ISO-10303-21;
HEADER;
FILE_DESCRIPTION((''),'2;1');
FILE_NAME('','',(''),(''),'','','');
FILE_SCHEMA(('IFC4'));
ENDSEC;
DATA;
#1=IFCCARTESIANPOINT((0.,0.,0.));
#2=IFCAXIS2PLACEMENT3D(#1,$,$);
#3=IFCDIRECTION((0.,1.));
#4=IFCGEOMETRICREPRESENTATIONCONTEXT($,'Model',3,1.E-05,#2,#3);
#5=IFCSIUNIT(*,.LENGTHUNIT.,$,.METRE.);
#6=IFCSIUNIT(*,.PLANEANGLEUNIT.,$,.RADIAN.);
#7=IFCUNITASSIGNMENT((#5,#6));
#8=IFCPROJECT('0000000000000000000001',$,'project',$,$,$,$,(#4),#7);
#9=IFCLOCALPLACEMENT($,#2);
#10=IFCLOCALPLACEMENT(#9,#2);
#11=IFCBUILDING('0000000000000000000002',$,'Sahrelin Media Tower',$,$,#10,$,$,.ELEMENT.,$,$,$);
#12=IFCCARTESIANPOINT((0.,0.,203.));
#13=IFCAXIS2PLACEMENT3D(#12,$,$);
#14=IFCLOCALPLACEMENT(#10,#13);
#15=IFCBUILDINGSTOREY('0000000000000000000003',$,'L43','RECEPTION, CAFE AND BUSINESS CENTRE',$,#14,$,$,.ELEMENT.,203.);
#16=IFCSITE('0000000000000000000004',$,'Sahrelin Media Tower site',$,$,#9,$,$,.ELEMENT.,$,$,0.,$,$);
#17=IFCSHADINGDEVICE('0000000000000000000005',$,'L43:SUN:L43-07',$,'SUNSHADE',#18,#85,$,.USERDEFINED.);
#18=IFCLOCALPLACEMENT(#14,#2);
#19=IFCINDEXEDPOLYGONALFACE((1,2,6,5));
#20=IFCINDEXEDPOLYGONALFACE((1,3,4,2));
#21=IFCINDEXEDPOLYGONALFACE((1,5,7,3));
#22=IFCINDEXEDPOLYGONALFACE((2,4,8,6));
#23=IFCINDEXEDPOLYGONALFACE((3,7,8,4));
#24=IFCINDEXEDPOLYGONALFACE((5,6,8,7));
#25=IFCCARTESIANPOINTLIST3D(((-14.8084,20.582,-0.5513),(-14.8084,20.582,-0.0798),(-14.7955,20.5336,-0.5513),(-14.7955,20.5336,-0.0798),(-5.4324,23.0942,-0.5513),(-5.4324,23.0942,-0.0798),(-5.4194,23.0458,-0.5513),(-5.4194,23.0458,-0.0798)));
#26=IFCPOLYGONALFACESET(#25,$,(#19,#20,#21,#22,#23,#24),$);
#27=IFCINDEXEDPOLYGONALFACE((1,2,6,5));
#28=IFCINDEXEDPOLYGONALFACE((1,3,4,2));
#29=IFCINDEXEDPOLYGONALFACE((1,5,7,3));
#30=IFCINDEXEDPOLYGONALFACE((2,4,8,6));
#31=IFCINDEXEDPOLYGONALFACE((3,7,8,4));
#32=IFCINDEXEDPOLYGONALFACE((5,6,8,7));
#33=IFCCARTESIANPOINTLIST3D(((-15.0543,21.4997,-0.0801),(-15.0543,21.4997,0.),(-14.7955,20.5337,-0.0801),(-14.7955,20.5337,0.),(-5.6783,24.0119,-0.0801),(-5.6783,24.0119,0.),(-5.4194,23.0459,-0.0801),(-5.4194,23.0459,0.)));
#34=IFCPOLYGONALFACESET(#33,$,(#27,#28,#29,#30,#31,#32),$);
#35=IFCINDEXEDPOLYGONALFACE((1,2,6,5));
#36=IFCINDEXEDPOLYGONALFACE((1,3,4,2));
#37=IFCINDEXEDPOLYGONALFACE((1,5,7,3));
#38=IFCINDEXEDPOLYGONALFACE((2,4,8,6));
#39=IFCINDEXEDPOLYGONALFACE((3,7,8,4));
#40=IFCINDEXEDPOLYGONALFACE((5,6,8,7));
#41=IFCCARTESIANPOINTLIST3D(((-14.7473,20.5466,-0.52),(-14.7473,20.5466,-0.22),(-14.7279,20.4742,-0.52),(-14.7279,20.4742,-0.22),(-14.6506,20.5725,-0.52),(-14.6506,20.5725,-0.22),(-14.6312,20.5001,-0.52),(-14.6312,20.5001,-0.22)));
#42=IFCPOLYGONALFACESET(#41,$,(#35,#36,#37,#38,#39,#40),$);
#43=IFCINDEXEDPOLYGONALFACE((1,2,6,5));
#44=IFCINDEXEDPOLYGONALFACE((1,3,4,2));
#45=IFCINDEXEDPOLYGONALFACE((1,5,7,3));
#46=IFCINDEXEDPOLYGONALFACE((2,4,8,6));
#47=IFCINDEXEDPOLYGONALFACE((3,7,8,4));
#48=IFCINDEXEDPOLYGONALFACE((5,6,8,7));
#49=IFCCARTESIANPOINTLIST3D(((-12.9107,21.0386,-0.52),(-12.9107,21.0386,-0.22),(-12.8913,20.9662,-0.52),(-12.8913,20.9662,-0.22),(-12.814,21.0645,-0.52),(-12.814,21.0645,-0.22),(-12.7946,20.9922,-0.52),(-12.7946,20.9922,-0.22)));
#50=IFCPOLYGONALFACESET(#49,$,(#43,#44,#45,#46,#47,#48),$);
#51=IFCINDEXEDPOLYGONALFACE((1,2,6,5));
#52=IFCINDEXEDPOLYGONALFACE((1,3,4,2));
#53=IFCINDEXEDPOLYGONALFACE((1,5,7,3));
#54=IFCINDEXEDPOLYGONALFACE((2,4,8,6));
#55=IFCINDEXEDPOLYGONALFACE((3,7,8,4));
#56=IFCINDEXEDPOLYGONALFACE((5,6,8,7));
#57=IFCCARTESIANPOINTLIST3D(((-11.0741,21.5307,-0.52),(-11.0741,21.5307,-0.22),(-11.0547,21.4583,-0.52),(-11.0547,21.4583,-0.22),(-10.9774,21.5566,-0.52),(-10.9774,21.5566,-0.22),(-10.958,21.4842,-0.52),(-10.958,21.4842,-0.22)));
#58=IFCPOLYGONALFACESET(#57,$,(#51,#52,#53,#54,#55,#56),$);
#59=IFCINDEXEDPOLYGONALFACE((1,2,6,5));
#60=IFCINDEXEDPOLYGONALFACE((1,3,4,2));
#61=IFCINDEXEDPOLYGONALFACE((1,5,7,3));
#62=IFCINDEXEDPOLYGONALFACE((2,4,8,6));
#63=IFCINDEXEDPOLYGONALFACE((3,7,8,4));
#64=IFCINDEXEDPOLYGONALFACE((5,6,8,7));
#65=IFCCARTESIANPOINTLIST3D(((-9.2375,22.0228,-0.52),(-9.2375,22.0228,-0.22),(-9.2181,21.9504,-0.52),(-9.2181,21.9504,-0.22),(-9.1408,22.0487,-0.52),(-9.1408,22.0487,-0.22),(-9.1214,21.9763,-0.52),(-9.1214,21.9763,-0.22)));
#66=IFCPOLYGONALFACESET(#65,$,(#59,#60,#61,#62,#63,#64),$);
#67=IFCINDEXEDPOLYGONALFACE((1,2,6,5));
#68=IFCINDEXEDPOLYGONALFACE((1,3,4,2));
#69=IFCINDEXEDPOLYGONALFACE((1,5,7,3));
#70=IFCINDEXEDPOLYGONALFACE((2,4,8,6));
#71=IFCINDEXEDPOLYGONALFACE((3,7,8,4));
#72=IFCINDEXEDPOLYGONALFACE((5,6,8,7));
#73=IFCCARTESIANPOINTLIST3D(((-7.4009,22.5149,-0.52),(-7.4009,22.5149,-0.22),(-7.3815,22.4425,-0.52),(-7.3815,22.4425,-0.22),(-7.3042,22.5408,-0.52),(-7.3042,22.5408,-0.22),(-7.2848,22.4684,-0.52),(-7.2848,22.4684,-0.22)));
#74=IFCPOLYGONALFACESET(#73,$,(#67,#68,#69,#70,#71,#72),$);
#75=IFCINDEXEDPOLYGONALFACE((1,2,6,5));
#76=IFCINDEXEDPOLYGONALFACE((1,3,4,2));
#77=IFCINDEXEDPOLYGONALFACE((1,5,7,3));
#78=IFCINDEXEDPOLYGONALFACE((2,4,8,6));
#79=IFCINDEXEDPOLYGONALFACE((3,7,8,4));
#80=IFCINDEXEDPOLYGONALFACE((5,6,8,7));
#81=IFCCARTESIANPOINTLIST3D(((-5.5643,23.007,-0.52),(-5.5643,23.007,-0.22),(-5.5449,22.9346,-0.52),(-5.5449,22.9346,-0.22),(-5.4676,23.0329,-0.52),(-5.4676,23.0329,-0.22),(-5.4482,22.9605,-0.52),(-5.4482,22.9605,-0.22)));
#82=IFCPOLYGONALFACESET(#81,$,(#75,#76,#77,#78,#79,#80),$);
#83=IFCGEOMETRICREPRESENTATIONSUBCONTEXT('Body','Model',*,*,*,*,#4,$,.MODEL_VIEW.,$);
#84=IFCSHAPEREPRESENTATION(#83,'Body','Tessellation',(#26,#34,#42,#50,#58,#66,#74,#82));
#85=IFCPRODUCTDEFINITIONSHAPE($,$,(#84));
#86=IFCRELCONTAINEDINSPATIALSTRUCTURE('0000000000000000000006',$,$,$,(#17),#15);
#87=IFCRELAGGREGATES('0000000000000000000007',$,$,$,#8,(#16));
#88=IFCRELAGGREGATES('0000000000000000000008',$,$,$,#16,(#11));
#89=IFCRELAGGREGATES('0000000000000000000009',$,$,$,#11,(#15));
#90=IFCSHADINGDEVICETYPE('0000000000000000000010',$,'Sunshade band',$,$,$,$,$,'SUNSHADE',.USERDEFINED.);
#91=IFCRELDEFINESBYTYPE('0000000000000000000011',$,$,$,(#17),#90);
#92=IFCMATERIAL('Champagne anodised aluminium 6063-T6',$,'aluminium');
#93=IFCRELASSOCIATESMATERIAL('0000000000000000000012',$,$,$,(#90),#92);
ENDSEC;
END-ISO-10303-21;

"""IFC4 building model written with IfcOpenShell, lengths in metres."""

from ifc_helpers import new_model, si_unit, direction, frame, origin, origin_2d, place, context, subcontext, project, spatial, rectangle, extrude, material, type_object, element, save


model = new_model("IFC4")

# Units and contexts
model_context = context("Model", 3, precision=1e-05, world=origin(), true_north=direction((0.0, 1.0)))
body_context = subcontext(model_context, "Body", "Model", "MODEL_VIEW")
ifc_project = project(units=[si_unit("LENGTHUNIT", "METRE"), si_unit("PLANEANGLEUNIT", "RADIAN")], contexts=[model_context])

# Site, building, storey
site_placement = place(None, origin())
site = spatial("IfcSite", under=ifc_project, at=site_placement, Name="Sahrelin Media Tower site", CompositionType="ELEMENT", RefElevation=0.0)
building_placement = place(site_placement, origin())
building = spatial("IfcBuilding", under=site, at=building_placement, Name="Sahrelin Media Tower", CompositionType="ELEMENT")
storey_placement = place(building_placement, frame((0.0, 0.0, 203.0)))
storey = spatial("IfcBuildingStorey", under=building, at=storey_placement, Name="L43", Description="RECEPTION, CAFE AND BUSINESS CENTRE", CompositionType="ELEMENT", Elevation=203.0)

# Shared definitions
ifc_material_1 = material(Name="Champagne anodised aluminium 6063-T6", Category="aluminium")

# Shared definitions
placement_1 = place(storey_placement, frame((-10.1023, 21.7705, 0.0), z_axis=(0.0, 0.0, 1.0), x_axis=(0.965929, 0.258808, 0.0)))

# Shading device
shading_device_type_1 = type_object("IfcShadingDeviceType", Name="Sunshade band", ElementType="SUNSHADE", PredefinedType="USERDEFINED", material=ifc_material_1)
element("IfcShadingDevice", 1, at=placement_1, inside=storey, type_object=shading_device_type_1, Name="L43:SUN:L43-07", ObjectType="SUNSHADE", PredefinedType="USERDEFINED", context=body_context, shape_type="SweptSolid", body=[
    extrude(rectangle(XDim=9.7068, YDim=0.05, at=origin_2d()), frame((0.0, 0.0449, -0.5513)), (0.0, 0.0, 1.0), 0.4714),
    extrude(rectangle(XDim=9.7068, YDim=1.0, at=origin_2d()), frame((0.0, 0.52, -0.0801)), (0.0, 0.0, 1.0), 0.0801),
    extrude(rectangle(XDim=0.1001, YDim=0.075, at=origin_2d()), frame((-4.7534, -0.0176, -0.52)), (0.0, 0.0, 1.0), 0.3),
    extrude(rectangle(XDim=0.1001, YDim=0.075, at=origin_2d()), frame((-2.8521, -0.0176, -0.52)), (0.0, 0.0, 1.0), 0.3),
    extrude(rectangle(XDim=0.1001, YDim=0.075, at=origin_2d()), frame((-0.9507, -0.0176, -0.52)), (0.0, 0.0, 1.0), 0.3),
    extrude(rectangle(XDim=0.1001, YDim=0.075, at=origin_2d()), frame((0.9507, -0.0176, -0.52)), (0.0, 0.0, 1.0), 0.3),
    extrude(rectangle(XDim=0.1001, YDim=0.075, at=origin_2d()), frame((2.8521, -0.0176, -0.52)), (0.0, 0.0, 1.0), 0.3),
    extrude(rectangle(XDim=0.1001, YDim=0.075, at=origin_2d()), frame((4.7534, -0.0176, -0.52)), (0.0, 0.0, 1.0), 0.3),
])

save(model, "model.ifc")
